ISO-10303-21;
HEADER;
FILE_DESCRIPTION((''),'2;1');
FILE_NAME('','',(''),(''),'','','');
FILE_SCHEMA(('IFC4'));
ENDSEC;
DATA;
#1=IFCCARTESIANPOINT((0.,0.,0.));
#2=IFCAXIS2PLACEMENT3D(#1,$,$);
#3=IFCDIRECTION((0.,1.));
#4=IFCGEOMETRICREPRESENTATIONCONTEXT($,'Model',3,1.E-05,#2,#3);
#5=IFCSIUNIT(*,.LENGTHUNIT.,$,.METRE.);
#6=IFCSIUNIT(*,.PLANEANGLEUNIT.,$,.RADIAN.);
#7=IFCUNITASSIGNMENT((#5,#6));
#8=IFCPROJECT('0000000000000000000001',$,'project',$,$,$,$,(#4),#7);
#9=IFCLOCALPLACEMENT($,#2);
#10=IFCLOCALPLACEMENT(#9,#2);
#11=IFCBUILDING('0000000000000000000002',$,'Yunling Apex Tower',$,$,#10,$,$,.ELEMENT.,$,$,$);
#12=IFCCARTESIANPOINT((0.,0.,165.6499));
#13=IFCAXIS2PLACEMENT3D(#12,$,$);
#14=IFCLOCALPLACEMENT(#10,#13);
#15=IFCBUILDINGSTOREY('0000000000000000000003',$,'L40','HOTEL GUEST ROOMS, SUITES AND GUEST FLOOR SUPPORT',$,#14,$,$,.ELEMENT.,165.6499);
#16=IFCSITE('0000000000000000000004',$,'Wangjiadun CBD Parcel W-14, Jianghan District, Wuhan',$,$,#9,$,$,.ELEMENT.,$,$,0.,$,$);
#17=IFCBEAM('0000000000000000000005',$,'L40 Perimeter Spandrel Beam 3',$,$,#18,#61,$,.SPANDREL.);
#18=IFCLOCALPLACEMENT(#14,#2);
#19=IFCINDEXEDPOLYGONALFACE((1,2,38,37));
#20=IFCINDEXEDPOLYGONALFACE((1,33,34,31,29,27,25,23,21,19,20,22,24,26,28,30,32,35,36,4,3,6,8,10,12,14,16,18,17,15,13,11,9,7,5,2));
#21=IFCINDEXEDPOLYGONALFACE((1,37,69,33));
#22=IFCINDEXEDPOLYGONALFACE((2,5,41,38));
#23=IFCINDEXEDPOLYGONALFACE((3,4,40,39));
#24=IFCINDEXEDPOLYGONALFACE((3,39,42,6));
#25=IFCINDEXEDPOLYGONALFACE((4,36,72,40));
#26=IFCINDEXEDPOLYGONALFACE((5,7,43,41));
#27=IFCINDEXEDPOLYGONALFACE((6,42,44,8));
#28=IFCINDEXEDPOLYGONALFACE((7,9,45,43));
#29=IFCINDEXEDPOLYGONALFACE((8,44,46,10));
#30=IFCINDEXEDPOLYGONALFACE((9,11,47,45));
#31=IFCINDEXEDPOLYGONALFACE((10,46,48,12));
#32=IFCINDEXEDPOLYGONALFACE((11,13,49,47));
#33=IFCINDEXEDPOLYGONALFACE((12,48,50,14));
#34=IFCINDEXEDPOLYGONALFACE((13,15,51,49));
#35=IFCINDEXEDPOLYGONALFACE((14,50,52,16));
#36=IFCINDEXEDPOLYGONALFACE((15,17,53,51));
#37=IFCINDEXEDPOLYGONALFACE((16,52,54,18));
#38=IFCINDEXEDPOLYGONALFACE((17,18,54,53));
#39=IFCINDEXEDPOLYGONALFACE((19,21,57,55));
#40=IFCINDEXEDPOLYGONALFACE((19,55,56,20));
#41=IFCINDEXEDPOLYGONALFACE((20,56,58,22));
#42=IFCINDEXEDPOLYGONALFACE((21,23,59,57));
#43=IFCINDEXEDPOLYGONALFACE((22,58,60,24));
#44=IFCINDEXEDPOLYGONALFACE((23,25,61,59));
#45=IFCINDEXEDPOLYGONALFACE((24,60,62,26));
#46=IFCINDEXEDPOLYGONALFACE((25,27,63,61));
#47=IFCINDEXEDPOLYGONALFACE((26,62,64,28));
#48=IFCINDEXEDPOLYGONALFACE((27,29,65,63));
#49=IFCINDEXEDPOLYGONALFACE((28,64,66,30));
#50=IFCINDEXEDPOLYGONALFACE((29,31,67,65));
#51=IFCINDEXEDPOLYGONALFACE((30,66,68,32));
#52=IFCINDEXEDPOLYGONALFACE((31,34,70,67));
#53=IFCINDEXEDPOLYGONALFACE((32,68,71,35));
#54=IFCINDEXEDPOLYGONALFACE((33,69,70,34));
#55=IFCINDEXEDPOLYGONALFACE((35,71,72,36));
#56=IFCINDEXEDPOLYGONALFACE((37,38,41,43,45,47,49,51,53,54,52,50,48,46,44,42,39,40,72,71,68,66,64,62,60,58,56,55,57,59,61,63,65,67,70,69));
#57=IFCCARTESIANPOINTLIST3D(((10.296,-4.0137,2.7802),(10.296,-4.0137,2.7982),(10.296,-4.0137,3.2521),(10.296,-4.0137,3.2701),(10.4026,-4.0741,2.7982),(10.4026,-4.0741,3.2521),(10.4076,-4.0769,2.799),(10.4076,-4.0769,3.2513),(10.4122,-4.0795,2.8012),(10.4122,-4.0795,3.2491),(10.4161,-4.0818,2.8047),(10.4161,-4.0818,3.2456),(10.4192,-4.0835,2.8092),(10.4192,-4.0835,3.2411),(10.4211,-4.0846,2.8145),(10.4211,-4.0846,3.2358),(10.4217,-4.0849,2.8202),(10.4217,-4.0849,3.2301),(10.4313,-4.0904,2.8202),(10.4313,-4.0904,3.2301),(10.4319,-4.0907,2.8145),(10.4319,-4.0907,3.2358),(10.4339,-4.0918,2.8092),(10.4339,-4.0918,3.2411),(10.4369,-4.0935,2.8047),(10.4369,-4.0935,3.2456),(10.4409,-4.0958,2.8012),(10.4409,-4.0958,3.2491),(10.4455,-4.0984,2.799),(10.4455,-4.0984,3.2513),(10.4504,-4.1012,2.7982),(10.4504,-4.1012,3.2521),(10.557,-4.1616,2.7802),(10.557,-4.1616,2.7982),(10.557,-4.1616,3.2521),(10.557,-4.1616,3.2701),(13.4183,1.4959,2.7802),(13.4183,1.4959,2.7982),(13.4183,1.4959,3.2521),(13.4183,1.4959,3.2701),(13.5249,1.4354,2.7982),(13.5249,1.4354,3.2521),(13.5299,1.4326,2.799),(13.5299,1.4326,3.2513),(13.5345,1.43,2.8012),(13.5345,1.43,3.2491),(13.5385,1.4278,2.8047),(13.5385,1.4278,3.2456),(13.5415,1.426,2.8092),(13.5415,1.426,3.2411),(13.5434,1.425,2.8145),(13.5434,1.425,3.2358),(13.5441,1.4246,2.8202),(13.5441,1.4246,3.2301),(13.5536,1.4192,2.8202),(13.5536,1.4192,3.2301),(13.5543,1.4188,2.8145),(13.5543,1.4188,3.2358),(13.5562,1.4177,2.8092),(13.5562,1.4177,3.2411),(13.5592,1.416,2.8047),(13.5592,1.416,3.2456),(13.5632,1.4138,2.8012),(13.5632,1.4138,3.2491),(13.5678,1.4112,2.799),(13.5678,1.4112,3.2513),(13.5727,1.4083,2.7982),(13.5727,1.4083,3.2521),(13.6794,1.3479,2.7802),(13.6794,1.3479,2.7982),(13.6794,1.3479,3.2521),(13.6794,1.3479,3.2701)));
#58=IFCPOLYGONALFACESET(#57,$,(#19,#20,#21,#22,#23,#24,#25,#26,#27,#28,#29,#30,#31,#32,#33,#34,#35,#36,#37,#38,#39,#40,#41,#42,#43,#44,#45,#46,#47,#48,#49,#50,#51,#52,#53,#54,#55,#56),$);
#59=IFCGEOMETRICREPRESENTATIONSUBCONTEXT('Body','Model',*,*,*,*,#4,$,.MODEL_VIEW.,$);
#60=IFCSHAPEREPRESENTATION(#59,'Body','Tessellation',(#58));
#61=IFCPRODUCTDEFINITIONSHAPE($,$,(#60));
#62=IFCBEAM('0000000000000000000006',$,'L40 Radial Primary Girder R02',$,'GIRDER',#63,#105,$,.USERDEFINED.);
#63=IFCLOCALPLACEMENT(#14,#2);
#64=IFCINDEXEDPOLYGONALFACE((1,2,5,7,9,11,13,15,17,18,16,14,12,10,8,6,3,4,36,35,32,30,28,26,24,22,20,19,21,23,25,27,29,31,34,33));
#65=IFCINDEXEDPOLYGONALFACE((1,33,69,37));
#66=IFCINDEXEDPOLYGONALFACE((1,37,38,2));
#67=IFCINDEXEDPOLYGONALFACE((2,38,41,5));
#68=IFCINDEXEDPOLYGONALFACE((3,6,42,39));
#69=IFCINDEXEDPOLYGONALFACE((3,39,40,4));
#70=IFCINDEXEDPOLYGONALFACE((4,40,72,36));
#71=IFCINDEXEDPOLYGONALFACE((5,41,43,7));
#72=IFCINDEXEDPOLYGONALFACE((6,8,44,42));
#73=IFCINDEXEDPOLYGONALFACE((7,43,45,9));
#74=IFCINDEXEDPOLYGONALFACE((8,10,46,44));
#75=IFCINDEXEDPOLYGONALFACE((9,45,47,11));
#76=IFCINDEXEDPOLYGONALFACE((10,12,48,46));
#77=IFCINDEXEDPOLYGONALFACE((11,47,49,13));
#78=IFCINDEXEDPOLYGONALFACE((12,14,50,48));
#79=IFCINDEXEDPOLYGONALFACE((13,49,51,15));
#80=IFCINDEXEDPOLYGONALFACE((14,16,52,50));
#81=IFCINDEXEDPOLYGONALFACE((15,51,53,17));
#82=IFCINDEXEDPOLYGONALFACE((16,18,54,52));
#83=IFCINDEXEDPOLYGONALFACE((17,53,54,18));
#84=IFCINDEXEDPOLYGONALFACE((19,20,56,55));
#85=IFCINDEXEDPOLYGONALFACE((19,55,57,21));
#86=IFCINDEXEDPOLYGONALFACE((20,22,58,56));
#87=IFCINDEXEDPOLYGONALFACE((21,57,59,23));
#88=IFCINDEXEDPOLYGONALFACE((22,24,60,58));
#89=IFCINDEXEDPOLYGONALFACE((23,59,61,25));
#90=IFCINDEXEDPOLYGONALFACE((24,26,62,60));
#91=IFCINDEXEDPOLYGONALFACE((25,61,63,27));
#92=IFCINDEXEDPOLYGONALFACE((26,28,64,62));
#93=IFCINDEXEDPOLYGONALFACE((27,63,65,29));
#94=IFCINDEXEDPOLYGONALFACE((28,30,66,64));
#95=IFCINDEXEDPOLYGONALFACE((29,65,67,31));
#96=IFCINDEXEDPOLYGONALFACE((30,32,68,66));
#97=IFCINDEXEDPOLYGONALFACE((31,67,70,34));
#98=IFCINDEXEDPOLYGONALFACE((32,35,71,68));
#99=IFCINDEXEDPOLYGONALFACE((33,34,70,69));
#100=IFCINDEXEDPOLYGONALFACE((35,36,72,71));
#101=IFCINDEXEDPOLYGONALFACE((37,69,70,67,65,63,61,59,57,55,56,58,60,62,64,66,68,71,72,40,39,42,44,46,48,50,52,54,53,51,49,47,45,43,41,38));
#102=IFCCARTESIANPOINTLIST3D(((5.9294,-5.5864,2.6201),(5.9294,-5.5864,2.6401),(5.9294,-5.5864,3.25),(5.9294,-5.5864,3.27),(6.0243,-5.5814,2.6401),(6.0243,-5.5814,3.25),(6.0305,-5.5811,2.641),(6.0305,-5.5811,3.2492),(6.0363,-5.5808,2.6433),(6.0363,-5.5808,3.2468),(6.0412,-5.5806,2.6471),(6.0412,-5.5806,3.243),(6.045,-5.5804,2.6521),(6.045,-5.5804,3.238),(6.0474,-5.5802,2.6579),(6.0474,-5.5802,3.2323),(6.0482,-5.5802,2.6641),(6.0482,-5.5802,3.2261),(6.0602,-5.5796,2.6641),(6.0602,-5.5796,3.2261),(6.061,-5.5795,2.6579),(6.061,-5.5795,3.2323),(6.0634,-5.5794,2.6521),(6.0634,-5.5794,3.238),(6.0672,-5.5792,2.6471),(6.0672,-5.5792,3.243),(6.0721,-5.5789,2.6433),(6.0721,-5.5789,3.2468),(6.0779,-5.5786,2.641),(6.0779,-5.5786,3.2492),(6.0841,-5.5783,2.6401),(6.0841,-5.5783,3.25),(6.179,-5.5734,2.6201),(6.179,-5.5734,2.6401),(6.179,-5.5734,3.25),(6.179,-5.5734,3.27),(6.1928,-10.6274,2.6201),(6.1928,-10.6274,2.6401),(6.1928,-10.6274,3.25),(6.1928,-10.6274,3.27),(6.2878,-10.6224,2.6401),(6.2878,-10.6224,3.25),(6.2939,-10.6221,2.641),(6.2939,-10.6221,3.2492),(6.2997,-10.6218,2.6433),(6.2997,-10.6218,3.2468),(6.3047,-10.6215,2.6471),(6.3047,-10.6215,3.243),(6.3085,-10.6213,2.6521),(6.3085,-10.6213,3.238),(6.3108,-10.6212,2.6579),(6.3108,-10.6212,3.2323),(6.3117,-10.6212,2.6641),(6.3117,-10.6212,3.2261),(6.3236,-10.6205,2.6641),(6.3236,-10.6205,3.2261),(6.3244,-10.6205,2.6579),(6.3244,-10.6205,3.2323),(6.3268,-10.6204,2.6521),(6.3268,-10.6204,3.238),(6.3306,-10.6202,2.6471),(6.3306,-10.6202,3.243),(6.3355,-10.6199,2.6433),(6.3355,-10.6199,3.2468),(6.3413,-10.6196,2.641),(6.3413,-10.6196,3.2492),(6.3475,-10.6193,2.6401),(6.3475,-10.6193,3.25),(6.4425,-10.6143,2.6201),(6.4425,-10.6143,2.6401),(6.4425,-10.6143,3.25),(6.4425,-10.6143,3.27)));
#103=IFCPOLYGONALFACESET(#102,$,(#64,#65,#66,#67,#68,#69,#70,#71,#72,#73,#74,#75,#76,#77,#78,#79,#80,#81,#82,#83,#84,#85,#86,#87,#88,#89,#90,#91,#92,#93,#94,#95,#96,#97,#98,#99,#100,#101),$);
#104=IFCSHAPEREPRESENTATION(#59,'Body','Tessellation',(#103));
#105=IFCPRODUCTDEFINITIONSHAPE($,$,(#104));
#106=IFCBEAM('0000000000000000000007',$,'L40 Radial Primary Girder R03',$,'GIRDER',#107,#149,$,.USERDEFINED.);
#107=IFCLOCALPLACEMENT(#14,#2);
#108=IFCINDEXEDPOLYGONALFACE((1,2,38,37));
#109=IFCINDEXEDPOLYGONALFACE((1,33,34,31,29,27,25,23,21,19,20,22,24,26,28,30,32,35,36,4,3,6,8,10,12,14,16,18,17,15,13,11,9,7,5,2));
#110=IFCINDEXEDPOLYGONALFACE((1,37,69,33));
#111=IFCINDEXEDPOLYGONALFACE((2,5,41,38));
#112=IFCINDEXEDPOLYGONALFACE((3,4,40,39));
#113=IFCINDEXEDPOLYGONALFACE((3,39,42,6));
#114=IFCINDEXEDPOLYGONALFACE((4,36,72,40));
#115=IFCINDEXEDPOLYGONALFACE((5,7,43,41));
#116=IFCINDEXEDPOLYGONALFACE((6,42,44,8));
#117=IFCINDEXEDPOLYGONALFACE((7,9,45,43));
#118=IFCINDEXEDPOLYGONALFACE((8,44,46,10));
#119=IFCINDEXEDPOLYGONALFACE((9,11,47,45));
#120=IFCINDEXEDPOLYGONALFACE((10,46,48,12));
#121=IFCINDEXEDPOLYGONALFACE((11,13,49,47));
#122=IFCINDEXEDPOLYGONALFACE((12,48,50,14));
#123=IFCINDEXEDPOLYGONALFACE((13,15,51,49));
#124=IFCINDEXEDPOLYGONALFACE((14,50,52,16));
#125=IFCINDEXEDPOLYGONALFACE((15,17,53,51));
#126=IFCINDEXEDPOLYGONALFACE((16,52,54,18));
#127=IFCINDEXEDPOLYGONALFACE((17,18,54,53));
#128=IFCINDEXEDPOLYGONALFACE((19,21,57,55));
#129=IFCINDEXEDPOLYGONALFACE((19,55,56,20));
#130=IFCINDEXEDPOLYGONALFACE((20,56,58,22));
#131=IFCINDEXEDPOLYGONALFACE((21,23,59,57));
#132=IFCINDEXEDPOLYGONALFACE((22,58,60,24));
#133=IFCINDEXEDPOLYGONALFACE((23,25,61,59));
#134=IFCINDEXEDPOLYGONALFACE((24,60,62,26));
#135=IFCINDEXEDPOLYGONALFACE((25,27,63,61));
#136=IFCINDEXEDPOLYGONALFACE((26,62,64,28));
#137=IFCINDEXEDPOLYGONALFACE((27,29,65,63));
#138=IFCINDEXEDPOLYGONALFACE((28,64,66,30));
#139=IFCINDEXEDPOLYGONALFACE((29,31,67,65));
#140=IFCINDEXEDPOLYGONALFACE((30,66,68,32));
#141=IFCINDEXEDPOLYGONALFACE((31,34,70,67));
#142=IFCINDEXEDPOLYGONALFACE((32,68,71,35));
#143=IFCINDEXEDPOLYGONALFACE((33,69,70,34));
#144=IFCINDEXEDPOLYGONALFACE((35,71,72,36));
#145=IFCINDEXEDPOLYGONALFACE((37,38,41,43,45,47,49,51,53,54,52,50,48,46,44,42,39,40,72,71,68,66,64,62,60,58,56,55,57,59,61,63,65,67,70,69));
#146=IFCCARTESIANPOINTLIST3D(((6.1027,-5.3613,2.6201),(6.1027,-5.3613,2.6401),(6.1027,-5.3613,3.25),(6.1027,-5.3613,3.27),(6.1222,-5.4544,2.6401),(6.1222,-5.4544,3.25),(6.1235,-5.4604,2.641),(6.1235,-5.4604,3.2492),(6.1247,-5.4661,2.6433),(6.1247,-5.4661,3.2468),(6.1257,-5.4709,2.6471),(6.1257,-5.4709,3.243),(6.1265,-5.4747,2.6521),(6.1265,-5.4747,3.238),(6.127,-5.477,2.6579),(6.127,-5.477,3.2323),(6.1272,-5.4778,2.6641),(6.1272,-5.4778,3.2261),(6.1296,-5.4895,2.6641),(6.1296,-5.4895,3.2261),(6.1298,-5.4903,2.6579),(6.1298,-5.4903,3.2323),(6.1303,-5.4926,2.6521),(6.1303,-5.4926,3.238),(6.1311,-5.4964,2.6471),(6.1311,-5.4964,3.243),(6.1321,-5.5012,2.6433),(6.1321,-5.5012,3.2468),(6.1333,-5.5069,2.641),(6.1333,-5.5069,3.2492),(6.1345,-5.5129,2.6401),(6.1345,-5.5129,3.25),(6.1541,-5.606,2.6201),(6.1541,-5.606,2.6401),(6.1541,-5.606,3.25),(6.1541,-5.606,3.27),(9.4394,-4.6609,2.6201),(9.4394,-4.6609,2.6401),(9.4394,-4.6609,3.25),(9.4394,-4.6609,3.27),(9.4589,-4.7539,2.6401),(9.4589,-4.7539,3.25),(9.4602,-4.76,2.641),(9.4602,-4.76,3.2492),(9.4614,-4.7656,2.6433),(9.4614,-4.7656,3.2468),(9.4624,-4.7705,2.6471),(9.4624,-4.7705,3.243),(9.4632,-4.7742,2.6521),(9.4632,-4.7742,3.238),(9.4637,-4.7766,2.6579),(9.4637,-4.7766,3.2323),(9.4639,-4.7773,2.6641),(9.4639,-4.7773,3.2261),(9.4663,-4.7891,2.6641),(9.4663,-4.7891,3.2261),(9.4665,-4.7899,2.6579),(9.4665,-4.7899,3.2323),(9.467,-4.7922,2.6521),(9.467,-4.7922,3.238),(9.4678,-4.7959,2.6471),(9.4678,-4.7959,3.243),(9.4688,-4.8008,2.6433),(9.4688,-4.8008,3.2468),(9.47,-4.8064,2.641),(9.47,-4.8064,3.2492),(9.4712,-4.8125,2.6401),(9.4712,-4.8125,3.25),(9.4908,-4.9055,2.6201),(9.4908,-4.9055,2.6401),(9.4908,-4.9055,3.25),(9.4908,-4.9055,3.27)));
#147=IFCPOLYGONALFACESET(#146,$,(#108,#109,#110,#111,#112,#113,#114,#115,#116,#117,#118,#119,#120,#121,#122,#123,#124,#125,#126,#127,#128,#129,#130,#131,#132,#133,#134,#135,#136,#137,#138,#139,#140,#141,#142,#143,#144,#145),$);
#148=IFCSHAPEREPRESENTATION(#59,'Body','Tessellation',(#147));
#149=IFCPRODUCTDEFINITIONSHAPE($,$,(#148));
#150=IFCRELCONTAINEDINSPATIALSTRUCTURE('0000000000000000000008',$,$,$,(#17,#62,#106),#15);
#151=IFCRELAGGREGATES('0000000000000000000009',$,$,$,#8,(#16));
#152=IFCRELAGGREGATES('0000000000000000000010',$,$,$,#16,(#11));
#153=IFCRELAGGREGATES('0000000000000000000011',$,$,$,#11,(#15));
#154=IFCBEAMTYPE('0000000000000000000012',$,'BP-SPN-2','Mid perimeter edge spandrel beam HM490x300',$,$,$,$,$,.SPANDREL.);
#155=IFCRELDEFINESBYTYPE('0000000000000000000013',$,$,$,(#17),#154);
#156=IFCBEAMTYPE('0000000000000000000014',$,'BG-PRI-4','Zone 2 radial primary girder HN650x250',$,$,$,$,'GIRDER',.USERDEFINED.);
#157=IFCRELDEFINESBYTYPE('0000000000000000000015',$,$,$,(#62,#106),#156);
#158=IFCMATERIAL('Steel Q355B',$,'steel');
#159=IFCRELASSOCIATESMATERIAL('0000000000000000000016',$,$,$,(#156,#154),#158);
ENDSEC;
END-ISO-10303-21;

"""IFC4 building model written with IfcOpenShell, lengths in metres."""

from ifc_helpers import new_model, si_unit, direction, frame, origin, origin_2d, place, context, subcontext, project, spatial, i_section, extrude, source, transform, mapped, material, material_profile, profile_set, type_object, element, save


model = new_model("IFC4")

# Units and contexts
model_context = context("Model", 3, precision=1e-05, world=origin(), true_north=direction((0.0, 1.0)))
body_context = subcontext(model_context, "Body", "Model", "MODEL_VIEW")
ifc_project = project(units=[si_unit("LENGTHUNIT", "METRE"), si_unit("PLANEANGLEUNIT", "RADIAN")], contexts=[model_context])

# Site, building, storey
site_placement = place(None, origin())
site = spatial("IfcSite", under=ifc_project, at=site_placement, Name="Wangjiadun CBD Parcel W-14, Jianghan District, Wuhan", CompositionType="ELEMENT", RefElevation=0.0)
building_placement = place(site_placement, origin())
building = spatial("IfcBuilding", under=site, at=building_placement, Name="Yunling Apex Tower", CompositionType="ELEMENT")
storey_placement = place(building_placement, frame((0.0, 0.0, 165.6499)))
storey = spatial("IfcBuildingStorey", under=building, at=storey_placement, Name="L40", Description="HOTEL GUEST ROOMS, SUITES AND GUEST FLOOR SUPPORT", CompositionType="ELEMENT", Elevation=165.6499)

# Beams
ifc_material_1 = material(Name="Steel Q355B", Category="steel")
ifc_material_profile_1 = material_profile(ifc_material_1, i_section(OverallWidth=0.25, OverallDepth=0.6499, WebThickness=0.012, FlangeThickness=0.02, FilletRadius=0.0239, at=origin_2d()))
ifc_profile_set_1 = profile_set([ifc_material_profile_1], Name="Steel Q355B")
beam_type_1 = type_object("IfcBeamType", Name="BG-PRI-4", Description="Zone 2 radial primary girder HN650x250", ElementType="GIRDER", PredefinedType="USERDEFINED", material=ifc_profile_set_1)
ifc_material_profile_2 = material_profile(ifc_material_1, i_section(OverallWidth=0.3, OverallDepth=0.49, WebThickness=0.011, FlangeThickness=0.0181, FilletRadius=0.022, at=origin_2d()))
ifc_profile_set_2 = profile_set([ifc_material_profile_2], Name="Steel Q355B")
beam_type_2 = type_object("IfcBeamType", Name="BP-SPN-2", Description="Mid perimeter edge spandrel beam HM490x300", PredefinedType="SPANDREL", material=ifc_profile_set_2)
shared_shape_1 = source(origin(), body_context, "Body", "SweptSolid", [
    extrude(i_section(OverallWidth=0.3, OverallDepth=0.49, WebThickness=0.011, FlangeThickness=0.0181, FilletRadius=0.022, at=origin_2d()), origin(), (0.0, 0.0, 1.0), 6.3328),
])
beam_1_placement = place(storey_placement, frame((10.4265, -4.0876, 3.0251), z_axis=(0.493043, 0.870005, 0.0), x_axis=(-0.870005, 0.493043, 0.0)))
element("IfcBeam", 1, at=beam_1_placement, inside=storey, type_object=beam_type_2, Name="L40 Perimeter Spandrel Beam 3", PredefinedType="SPANDREL", context=body_context, shape_type="MappedRepresentation", body=[
    mapped(shared_shape_1, transform((0.0, 0.0, 0.0), scale=1.0)),
])
shared_shape_2 = source(origin(), body_context, "Body", "SweptSolid", [
    extrude(i_section(OverallWidth=0.25, OverallDepth=0.6499, WebThickness=0.012, FlangeThickness=0.02, FilletRadius=0.0239, at=origin_2d()), origin(), (0.0, 0.0, 1.0), 5.0479),
])
beam_2_placement = place(storey_placement, frame((6.3176, -10.6208, 2.9451), z_axis=(-0.052186, 0.998637, 0.0), x_axis=(-0.998637, -0.052186, 0.0)))
element("IfcBeam", 2, at=beam_2_placement, inside=storey, type_object=beam_type_1, Name="L40 Radial Primary Girder R02", ObjectType="GIRDER", PredefinedType="USERDEFINED", context=body_context, shape_type="MappedRepresentation", body=[
    mapped(shared_shape_2, transform((0.0, 0.0, 0.0), scale=1.0)),
])
shared_shape_3 = source(origin(), body_context, "Body", "SweptSolid", [
    extrude(i_section(OverallWidth=0.25, OverallDepth=0.6499, WebThickness=0.012, FlangeThickness=0.02, FilletRadius=0.0239, at=origin_2d()), origin(), (0.0, 0.0, 1.0), 3.4094),
])
beam_3_placement = place(storey_placement, frame((9.4651, -4.7832, 2.9451), z_axis=(-0.978669, -0.205444, 0.0), x_axis=(0.205444, -0.978669, 0.0)))
element("IfcBeam", 3, at=beam_3_placement, inside=storey, type_object=beam_type_1, Name="L40 Radial Primary Girder R03", ObjectType="GIRDER", PredefinedType="USERDEFINED", context=body_context, shape_type="MappedRepresentation", body=[
    mapped(shared_shape_3, transform((0.0, 0.0, 0.0), scale=1.0)),
])

save(model, "model.ifc")
